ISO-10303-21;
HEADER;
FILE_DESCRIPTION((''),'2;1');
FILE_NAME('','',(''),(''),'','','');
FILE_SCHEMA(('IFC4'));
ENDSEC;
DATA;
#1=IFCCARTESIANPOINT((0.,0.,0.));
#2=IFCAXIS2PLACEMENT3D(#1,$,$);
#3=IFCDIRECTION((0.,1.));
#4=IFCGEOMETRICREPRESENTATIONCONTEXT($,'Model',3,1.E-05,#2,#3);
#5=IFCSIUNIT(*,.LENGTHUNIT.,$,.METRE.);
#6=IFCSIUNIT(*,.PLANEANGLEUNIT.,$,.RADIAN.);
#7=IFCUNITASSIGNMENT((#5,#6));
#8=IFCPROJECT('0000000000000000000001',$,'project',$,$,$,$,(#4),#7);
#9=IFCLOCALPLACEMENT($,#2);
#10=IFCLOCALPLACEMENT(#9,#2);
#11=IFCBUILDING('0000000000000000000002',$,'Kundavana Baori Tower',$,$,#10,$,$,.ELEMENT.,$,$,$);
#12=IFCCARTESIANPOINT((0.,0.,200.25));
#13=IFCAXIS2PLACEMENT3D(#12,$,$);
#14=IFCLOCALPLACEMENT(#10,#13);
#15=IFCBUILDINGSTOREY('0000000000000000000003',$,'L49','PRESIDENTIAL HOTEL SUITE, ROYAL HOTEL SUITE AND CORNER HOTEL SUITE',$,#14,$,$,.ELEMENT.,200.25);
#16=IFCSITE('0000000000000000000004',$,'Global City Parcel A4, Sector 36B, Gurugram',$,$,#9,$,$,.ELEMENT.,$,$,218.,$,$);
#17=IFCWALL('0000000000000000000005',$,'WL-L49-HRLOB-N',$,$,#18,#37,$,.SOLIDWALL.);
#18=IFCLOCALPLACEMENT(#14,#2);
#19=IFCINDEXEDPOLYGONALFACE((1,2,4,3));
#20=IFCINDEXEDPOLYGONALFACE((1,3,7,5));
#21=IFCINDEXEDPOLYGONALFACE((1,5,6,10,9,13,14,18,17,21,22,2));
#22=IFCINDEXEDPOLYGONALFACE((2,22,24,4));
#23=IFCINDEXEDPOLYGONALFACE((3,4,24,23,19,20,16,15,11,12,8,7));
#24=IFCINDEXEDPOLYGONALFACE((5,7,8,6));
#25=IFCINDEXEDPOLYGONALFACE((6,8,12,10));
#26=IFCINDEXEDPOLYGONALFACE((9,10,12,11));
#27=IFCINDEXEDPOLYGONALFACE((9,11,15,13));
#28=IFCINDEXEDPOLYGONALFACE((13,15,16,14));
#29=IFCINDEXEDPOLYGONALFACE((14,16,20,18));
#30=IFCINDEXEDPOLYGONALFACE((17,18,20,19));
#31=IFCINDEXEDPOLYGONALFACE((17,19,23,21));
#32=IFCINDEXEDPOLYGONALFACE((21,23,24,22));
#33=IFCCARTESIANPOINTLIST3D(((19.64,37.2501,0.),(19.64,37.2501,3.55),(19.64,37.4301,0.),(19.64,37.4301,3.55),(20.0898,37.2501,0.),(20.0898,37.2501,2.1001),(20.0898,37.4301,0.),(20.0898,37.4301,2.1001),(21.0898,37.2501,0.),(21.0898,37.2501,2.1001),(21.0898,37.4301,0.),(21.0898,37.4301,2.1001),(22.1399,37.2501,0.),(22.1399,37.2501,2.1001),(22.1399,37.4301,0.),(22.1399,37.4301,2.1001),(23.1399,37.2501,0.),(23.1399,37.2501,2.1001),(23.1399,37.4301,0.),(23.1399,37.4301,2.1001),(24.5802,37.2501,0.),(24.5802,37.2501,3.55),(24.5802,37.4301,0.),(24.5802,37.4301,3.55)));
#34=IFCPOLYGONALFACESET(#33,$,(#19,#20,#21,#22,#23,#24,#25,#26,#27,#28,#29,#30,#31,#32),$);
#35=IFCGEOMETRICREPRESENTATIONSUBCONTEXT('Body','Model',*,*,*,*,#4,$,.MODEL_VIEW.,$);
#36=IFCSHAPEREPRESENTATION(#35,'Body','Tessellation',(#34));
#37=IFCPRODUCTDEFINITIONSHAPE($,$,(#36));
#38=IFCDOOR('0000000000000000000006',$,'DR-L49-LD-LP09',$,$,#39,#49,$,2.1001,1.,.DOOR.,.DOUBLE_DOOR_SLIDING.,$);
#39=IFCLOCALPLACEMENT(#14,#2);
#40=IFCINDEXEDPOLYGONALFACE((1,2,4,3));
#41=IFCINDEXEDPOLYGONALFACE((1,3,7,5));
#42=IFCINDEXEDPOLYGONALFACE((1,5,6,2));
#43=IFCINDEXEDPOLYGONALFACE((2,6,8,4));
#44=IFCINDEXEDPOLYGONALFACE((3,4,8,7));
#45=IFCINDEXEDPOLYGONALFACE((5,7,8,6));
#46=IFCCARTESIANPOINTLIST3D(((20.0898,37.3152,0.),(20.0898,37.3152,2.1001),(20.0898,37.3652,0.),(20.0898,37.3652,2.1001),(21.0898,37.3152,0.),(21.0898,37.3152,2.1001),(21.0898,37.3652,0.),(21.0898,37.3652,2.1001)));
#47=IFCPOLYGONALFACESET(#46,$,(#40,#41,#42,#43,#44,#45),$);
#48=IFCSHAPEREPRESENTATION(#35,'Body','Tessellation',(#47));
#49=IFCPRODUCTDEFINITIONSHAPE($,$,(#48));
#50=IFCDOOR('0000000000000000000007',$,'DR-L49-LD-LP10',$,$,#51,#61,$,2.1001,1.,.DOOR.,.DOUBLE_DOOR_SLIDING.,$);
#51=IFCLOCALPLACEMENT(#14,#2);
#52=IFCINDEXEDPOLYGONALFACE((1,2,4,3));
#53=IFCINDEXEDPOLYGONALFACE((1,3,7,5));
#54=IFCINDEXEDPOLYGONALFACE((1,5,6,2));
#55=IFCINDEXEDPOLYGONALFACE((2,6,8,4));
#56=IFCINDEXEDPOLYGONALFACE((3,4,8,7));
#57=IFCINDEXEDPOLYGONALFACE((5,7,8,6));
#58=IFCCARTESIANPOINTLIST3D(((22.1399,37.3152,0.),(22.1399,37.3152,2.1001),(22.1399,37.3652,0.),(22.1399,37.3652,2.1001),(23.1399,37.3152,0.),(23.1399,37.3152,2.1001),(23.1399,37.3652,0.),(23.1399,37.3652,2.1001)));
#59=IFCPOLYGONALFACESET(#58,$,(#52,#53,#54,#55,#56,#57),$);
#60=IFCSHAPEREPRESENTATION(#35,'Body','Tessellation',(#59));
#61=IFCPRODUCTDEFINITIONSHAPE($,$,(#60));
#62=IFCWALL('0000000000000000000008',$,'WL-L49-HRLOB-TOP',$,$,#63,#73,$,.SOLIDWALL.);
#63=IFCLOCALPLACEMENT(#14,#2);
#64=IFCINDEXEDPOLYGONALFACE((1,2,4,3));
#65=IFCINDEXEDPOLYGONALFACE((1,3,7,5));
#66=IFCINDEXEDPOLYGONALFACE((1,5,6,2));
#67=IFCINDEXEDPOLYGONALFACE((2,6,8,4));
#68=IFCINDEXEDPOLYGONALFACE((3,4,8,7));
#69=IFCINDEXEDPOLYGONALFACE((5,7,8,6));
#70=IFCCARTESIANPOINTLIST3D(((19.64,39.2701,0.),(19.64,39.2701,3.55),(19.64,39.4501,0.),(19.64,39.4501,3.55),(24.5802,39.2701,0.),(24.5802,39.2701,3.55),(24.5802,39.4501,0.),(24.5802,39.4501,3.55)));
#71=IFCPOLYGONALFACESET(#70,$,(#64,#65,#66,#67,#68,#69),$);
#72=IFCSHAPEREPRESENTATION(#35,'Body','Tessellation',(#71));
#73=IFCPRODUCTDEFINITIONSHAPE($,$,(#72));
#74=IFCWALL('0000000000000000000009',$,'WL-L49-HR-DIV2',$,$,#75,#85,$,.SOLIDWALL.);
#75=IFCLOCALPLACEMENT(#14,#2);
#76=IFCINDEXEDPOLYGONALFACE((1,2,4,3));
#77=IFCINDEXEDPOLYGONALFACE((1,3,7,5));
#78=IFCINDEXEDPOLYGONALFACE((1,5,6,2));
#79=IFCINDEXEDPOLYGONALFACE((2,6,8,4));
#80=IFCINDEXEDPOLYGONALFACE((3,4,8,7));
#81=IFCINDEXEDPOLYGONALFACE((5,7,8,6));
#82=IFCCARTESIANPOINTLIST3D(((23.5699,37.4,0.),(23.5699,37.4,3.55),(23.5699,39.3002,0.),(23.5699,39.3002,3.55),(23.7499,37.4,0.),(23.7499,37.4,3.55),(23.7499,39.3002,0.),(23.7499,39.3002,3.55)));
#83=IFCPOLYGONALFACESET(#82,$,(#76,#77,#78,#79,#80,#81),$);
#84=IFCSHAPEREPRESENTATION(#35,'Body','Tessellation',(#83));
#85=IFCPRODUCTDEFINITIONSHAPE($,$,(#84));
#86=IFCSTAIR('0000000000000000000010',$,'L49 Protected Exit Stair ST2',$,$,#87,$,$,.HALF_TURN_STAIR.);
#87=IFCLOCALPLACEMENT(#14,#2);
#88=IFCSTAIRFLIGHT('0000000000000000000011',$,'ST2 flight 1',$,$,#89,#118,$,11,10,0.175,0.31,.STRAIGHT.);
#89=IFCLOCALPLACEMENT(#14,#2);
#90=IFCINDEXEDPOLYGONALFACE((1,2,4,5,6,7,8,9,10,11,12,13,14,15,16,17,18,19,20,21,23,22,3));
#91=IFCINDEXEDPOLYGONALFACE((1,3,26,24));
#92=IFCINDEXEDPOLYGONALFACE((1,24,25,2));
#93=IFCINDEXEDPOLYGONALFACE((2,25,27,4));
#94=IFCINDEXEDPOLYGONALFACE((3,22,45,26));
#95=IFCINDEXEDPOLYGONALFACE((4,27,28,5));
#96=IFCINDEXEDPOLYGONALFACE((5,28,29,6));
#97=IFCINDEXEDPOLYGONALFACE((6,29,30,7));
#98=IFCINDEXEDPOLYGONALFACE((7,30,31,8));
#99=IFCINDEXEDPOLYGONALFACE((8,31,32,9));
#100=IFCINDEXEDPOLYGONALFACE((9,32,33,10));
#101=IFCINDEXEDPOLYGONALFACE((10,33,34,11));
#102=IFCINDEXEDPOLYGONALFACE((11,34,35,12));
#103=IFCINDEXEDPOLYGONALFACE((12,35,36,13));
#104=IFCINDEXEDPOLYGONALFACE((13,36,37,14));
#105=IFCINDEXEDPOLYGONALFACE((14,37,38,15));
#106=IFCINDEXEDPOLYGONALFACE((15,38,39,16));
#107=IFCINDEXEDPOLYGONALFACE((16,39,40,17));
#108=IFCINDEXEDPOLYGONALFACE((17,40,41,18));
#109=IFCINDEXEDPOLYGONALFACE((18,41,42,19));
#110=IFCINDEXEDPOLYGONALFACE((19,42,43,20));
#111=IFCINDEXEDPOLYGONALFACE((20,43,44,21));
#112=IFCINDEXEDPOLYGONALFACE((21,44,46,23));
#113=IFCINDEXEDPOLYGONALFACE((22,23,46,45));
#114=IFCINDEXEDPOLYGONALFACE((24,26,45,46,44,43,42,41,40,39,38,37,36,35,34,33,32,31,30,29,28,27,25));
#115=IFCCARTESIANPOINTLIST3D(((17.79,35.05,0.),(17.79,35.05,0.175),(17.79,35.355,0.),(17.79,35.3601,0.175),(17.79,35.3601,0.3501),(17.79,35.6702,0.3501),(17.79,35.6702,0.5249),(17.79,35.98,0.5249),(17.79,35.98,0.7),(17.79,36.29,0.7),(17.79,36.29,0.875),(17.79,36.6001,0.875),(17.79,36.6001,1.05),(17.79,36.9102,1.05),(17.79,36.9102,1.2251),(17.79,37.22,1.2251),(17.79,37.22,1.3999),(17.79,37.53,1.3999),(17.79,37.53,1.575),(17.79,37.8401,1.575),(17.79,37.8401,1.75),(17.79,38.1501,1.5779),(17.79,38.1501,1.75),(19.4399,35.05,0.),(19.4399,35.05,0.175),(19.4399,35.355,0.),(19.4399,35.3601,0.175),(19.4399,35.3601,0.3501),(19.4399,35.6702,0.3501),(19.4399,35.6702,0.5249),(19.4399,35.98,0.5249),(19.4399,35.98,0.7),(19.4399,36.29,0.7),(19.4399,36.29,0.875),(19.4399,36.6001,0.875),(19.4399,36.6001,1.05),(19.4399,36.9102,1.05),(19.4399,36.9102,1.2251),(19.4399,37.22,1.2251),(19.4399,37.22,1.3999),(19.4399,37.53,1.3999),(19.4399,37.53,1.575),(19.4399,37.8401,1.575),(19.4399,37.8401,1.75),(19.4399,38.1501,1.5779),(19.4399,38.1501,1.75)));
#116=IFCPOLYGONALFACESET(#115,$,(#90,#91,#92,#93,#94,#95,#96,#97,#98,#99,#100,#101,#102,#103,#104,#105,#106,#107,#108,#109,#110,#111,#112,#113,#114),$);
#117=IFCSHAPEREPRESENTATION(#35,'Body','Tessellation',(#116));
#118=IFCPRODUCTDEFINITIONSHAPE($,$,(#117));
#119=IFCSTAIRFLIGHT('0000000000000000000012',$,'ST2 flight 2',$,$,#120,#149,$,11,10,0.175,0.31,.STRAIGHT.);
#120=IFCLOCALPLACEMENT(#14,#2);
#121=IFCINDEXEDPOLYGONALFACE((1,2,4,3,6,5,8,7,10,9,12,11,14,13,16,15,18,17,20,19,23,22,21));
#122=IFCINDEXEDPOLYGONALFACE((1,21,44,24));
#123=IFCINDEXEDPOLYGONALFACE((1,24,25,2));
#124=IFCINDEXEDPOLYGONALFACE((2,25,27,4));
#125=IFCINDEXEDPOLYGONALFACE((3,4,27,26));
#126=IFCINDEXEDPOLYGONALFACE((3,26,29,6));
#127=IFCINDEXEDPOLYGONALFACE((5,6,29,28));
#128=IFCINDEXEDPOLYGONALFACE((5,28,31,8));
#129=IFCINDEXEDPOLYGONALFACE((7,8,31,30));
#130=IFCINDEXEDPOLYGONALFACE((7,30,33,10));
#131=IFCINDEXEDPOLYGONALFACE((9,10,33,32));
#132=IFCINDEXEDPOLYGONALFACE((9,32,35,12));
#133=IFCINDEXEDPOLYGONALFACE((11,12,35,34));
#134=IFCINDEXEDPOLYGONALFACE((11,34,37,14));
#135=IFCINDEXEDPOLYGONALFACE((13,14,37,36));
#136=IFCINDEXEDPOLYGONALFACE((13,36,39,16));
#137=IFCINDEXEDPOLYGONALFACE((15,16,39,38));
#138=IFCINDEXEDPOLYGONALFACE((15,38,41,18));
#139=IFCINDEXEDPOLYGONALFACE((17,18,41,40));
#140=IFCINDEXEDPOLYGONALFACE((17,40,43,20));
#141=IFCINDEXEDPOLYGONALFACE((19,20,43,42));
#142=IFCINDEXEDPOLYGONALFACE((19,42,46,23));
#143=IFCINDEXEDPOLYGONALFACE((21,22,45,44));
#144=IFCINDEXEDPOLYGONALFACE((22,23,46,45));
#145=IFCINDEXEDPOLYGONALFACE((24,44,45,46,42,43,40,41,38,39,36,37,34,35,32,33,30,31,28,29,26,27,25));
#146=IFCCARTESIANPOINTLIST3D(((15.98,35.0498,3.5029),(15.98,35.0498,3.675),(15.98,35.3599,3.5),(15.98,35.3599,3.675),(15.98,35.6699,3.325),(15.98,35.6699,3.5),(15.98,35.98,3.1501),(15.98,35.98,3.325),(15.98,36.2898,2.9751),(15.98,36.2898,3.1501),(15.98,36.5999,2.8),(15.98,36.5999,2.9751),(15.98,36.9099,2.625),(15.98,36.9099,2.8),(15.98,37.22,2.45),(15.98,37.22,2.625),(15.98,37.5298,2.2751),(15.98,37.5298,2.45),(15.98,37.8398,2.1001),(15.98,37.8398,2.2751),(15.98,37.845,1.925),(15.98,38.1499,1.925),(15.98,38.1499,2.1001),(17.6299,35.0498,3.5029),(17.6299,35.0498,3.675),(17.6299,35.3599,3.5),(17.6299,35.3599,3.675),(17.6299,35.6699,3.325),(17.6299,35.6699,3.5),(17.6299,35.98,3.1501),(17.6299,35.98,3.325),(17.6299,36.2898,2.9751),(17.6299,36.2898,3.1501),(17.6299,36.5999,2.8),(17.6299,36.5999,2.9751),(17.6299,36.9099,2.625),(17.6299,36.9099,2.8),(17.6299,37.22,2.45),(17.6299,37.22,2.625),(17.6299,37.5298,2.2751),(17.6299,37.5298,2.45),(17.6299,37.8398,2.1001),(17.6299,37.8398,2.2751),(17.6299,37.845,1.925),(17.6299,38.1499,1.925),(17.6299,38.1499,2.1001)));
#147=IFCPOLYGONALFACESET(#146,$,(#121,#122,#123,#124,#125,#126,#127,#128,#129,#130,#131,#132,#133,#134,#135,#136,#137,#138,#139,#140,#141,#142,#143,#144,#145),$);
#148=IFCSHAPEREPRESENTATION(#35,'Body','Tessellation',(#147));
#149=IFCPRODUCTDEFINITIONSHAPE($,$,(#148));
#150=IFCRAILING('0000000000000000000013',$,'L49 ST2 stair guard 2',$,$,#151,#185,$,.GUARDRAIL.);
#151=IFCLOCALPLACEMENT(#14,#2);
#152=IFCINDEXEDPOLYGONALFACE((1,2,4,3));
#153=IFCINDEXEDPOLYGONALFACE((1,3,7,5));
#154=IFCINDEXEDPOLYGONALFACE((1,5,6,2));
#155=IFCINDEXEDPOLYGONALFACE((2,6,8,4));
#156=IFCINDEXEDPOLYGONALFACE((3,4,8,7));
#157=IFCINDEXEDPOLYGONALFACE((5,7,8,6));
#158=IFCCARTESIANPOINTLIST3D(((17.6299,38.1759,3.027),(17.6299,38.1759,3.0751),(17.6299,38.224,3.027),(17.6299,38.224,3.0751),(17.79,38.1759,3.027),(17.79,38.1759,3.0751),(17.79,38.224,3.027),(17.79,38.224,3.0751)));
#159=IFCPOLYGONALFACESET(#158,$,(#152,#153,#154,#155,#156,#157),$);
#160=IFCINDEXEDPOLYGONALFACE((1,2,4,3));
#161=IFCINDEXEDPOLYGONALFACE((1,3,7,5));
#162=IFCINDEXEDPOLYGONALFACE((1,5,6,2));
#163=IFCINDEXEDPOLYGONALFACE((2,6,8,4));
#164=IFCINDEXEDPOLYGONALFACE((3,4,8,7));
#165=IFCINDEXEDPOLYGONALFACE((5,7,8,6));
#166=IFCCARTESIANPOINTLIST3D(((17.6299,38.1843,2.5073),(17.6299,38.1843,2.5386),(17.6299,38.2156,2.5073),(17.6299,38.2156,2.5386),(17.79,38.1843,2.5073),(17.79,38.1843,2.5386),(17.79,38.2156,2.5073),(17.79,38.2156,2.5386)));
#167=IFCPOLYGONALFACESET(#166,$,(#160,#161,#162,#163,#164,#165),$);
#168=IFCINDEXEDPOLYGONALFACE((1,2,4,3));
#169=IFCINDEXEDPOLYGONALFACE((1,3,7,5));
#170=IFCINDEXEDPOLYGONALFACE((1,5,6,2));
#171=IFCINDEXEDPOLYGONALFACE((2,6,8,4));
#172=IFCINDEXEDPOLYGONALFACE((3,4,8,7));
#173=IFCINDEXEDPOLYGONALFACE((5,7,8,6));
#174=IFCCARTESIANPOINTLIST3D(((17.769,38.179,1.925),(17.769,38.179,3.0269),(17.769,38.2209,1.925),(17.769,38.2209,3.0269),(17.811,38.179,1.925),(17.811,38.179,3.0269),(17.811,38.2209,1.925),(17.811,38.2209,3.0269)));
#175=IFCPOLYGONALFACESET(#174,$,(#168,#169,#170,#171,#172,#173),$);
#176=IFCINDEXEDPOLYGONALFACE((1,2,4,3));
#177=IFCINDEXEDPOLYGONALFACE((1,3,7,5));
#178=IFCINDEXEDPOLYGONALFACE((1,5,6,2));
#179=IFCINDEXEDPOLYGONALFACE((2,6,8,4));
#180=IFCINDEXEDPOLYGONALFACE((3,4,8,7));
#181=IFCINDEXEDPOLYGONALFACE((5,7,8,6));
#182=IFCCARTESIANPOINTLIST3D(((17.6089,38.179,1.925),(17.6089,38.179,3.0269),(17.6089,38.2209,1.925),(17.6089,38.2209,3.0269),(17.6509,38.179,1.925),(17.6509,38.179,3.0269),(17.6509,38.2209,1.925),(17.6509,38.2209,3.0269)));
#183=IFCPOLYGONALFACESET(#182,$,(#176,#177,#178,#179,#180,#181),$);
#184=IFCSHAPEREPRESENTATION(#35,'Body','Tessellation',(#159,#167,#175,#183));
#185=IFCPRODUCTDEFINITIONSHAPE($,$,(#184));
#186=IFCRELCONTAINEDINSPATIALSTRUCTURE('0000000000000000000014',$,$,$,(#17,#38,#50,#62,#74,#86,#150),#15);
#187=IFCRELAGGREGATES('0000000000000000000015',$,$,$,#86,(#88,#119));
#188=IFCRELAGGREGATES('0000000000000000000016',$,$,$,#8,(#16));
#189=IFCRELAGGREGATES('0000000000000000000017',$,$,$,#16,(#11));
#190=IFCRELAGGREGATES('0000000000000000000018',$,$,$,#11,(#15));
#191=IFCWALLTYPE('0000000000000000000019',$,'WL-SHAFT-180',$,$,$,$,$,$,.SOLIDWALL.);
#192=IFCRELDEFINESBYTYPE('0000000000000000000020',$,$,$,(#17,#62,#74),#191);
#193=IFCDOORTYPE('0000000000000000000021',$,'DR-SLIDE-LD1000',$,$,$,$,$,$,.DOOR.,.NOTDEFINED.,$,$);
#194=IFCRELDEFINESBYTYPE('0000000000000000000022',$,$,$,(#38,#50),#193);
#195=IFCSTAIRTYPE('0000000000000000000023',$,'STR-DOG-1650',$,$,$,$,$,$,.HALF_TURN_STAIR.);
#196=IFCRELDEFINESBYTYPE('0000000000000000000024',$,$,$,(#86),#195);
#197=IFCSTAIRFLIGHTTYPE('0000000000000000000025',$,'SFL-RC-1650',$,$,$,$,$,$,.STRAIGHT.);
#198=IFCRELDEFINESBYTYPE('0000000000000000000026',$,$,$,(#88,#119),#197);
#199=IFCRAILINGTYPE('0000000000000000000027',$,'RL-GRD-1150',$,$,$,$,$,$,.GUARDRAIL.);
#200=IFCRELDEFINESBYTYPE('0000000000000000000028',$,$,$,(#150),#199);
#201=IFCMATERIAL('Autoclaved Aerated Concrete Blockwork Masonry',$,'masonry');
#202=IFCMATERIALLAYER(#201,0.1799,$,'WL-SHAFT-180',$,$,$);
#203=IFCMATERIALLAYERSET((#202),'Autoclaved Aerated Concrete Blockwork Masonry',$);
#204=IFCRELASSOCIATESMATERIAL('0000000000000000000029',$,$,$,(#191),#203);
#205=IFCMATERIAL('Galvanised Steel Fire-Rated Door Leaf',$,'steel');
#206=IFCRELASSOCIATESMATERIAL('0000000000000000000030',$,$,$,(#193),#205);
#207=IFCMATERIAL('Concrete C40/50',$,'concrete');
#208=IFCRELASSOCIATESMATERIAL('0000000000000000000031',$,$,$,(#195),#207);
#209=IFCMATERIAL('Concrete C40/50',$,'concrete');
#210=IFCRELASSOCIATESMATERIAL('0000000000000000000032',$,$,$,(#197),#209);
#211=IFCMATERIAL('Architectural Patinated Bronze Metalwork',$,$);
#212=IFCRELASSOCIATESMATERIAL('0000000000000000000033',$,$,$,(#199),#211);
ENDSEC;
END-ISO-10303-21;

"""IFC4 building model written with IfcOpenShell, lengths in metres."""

from ifc_helpers import new_model, si_unit, direction, frame, frame_2d, origin, origin_2d, place, context, subcontext, project, spatial, polyline, rectangle, outline, extrude, material, layer, layer_set, type_object, element, fill, aggregate, save


model = new_model("IFC4")

# Units and contexts
model_context = context("Model", 3, precision=1e-05, world=origin(), true_north=direction((0.0, 1.0)))
body_context = subcontext(model_context, "Body", "Model", "MODEL_VIEW")
ifc_project = project(units=[si_unit("LENGTHUNIT", "METRE"), si_unit("PLANEANGLEUNIT", "RADIAN")], contexts=[model_context])

# Site, building, storey
site_placement = place(None, origin())
site = spatial("IfcSite", under=ifc_project, at=site_placement, Name="Global City Parcel A4, Sector 36B, Gurugram", CompositionType="ELEMENT", RefElevation=218.0)
building_placement = place(site_placement, origin())
building = spatial("IfcBuilding", under=site, at=building_placement, Name="Kundavana Baori Tower", CompositionType="ELEMENT")
storey_placement = place(building_placement, frame((0.0, 0.0, 200.25)))
storey = spatial("IfcBuildingStorey", under=building, at=storey_placement, Name="L49", Description="PRESIDENTIAL HOTEL SUITE, ROYAL HOTEL SUITE AND CORNER HOTEL SUITE", CompositionType="ELEMENT", Elevation=200.25)

# Shared definitions
ifc_material_1 = material(Name="Autoclaved Aerated Concrete Blockwork Masonry", Category="masonry")
ifc_layer_1 = layer(ifc_material_1, 0.1799, Name="WL-SHAFT-180")
ifc_layer_set_1 = layer_set([ifc_layer_1], Name="Autoclaved Aerated Concrete Blockwork Masonry")
wall_type_1 = type_object("IfcWallType", Name="WL-SHAFT-180", PredefinedType="SOLIDWALL", material=ifc_layer_set_1)
ifc_material_2 = material(Name="Galvanised Steel Fire-Rated Door Leaf", Category="steel")
door_type_1 = type_object("IfcDoorType", Name="DR-SLIDE-LD1000", OperationType="NOTDEFINED", PredefinedType="DOOR", material=ifc_material_2)

# Wall, openings, doors
wall_1_placement = place(storey_placement, frame((19.6399, 37.3401, 0.0), z_axis=(0.0, 0.0, 1.0), x_axis=(1.0, 0.0, 0.0)))
wall_1 = element("IfcWall", 1, at=wall_1_placement, inside=storey, type_object=wall_type_1, Name="WL-L49-HRLOB-N", PredefinedType="SOLIDWALL", context=body_context, shape_type="SweptSolid", body=[
    extrude(rectangle(XDim=4.9402, YDim=0.1799, at=frame_2d((2.4702, 0.0))), origin(), (0.0, 0.0, 1.0), 3.55),
])
opening_1_placement = place(wall_1_placement, frame((0.45, 0.0, 0.0)))
opening_1 = element("IfcOpeningElement", 2, at=opening_1_placement, cuts=wall_1, PredefinedType="OPENING", context=body_context, shape_type="SweptSolid", body=[
    extrude(rectangle(XDim=1.0, YDim=2.1001, at=frame_2d((0.5, 1.05))), frame((0.0, 0.1001, 0.0), z_axis=(0.0, -1.0, 0.0), x_axis=(1.0, 0.0, 0.0)), (0.0, 0.0, 1.0), 0.2),
])
opening_2_placement = place(wall_1_placement, frame((2.5, 0.0, 0.0)))
opening_2 = element("IfcOpeningElement", 3, at=opening_2_placement, cuts=wall_1, PredefinedType="OPENING", context=body_context, shape_type="SweptSolid", body=[
    extrude(rectangle(XDim=1.0, YDim=2.1001, at=frame_2d((0.5, 1.05))), frame((0.0, 0.1001, 0.0), z_axis=(0.0, -1.0, 0.0), x_axis=(1.0, 0.0, 0.0)), (0.0, 0.0, 1.0), 0.2),
])
door_1_placement = place(opening_1_placement, frame((1.0, 0.0, 0.0), z_axis=(0.0, 0.0, 1.0), x_axis=(-1.0, 0.0, 0.0)))
door_1 = element("IfcDoor", 4, at=door_1_placement, inside=storey, type_object=door_type_1, Name="DR-L49-LD-LP09", OperationType="DOUBLE_DOOR_SLIDING", OverallHeight=2.1001, OverallWidth=1.0, PredefinedType="DOOR", context=body_context, shape_type="SweptSolid", body=[
    extrude(rectangle(XDim=1.0, YDim=2.1001, at=frame_2d((0.5, 1.05))), frame((0.0, 0.0249, 0.0), z_axis=(0.0, -1.0, 0.0), x_axis=(1.0, 0.0, 0.0)), (0.0, 0.0, 1.0), 0.05),
])
fill(opening_1, door_1)
door_2_placement = place(opening_2_placement, frame((1.0, 0.0, 0.0), z_axis=(0.0, 0.0, 1.0), x_axis=(-1.0, 0.0, 0.0)))
door_2 = element("IfcDoor", 5, at=door_2_placement, inside=storey, type_object=door_type_1, Name="DR-L49-LD-LP10", OperationType="DOUBLE_DOOR_SLIDING", OverallHeight=2.1001, OverallWidth=1.0, PredefinedType="DOOR", context=body_context, shape_type="SweptSolid", body=[
    extrude(rectangle(XDim=1.0, YDim=2.1001, at=frame_2d((0.5, 1.05))), frame((0.0, 0.0249, 0.0), z_axis=(0.0, -1.0, 0.0), x_axis=(1.0, 0.0, 0.0)), (0.0, 0.0, 1.0), 0.05),
])
fill(opening_2, door_2)

# Walls
wall_2_placement = place(storey_placement, frame((19.6399, 39.3601, 0.0), z_axis=(0.0, 0.0, 1.0), x_axis=(1.0, 0.0, 0.0)))
element("IfcWall", 6, at=wall_2_placement, inside=storey, type_object=wall_type_1, Name="WL-L49-HRLOB-TOP", PredefinedType="SOLIDWALL", context=body_context, shape_type="SweptSolid", body=[
    extrude(rectangle(XDim=4.9402, YDim=0.1799, at=frame_2d((2.4702, 0.0))), origin(), (0.0, 0.0, 1.0), 3.55),
])
wall_3_placement = place(storey_placement, frame((23.6599, 37.3999, 0.0), z_axis=(0.0, 0.0, 1.0), x_axis=(0.0, 1.0, 0.0)))
element("IfcWall", 7, at=wall_3_placement, inside=storey, type_object=wall_type_1, Name="WL-L49-HR-DIV2", PredefinedType="SOLIDWALL", context=body_context, shape_type="SweptSolid", body=[
    extrude(rectangle(XDim=1.9001, YDim=0.1799, at=frame_2d((0.9502, 0.0))), origin(), (0.0, 0.0, 1.0), 3.55),
])

# Stair, stair flights
ifc_material_3 = material(Name="Concrete C40/50", Category="concrete")
stair_type = type_object("IfcStairType", Name="STR-DOG-1650", PredefinedType="HALF_TURN_STAIR", material=ifc_material_3)
stair_placement = place(storey_placement, origin())
stair = element("IfcStair", 8, at=stair_placement, inside=storey, type_object=stair_type, Name="L49 Protected Exit Stair ST2", PredefinedType="HALF_TURN_STAIR")
ifc_material_4 = material(Name="Concrete C40/50", Category="concrete")
stair_flight_type = type_object("IfcStairFlightType", Name="SFL-RC-1650", PredefinedType="STRAIGHT", material=ifc_material_4)
stair_flight_1_placement = place(storey_placement, frame((18.615, 35.05, 0.0), z_axis=(0.0, 0.0, 1.0), x_axis=(0.0, 1.0, 0.0)))
stair_flight_1 = element("IfcStairFlight", 9, at=stair_flight_1_placement, type_object=stair_flight_type, Name="ST2 flight 1", NumberOfRisers=11, NumberOfTreads=10, PredefinedType="STRAIGHT", RiserHeight=0.175, TreadLength=0.31, context=body_context, shape_type="SweptSolid", body=[
    extrude(outline(polyline([(0.0, 0.0), (0.0, 0.175), (0.3101, 0.175), (0.3101, 0.3501), (0.6201, 0.3501), (0.6201, 0.5249), (0.9299, 0.5249), (0.9299, 0.7), (1.24, 0.7), (1.24, 0.875), (1.55, 0.875), (1.55, 1.05), (1.8601, 1.05), (1.8601, 1.2251), (2.1699, 1.2251), (2.1699, 1.3999), (2.48, 1.3999), (2.48, 1.575), (2.79, 1.575), (2.79, 1.75), (3.1001, 1.75), (3.1001, 1.925), (3.1001, 1.5779), (0.3049, 0.0), (0.0, 0.0)])), frame((0.0, 0.825, 0.0), z_axis=(0.0, -1.0, 0.0), x_axis=(1.0, 0.0, 0.0)), (0.0, 0.0, 1.0), 1.6499),
])
stair_flight_2_placement = place(storey_placement, frame((16.8049, 38.1499, 1.925), z_axis=(0.0, 0.0, 1.0), x_axis=(0.0, -1.0, 0.0)))
stair_flight_2 = element("IfcStairFlight", 10, at=stair_flight_2_placement, type_object=stair_flight_type, Name="ST2 flight 2", NumberOfRisers=11, NumberOfTreads=10, PredefinedType="STRAIGHT", RiserHeight=0.175, TreadLength=0.31, context=body_context, shape_type="SweptSolid", body=[
    extrude(outline(polyline([(0.0, 0.0), (0.0, 0.175), (0.3101, 0.175), (0.3101, 0.3501), (0.6201, 0.3501), (0.6201, 0.5249), (0.9299, 0.5249), (0.9299, 0.7), (1.24, 0.7), (1.24, 0.875), (1.55, 0.875), (1.55, 1.05), (1.8601, 1.05), (1.8601, 1.2251), (2.1699, 1.2251), (2.1699, 1.3999), (2.48, 1.3999), (2.48, 1.575), (2.79, 1.575), (2.79, 1.75), (3.1001, 1.75), (3.1001, 1.925), (3.1001, 1.5779), (0.3049, 0.0), (0.0, 0.0)])), frame((0.0, 0.825, 0.0), z_axis=(0.0, -1.0, 0.0), x_axis=(1.0, 0.0, 0.0)), (0.0, 0.0, 1.0), 1.6499),
])
aggregate(stair, [stair_flight_1, stair_flight_2])

# Railing
ifc_material_5 = material(Name="Architectural Patinated Bronze Metalwork")
railing_type_1 = type_object("IfcRailingType", Name="RL-GRD-1150", PredefinedType="GUARDRAIL", material=ifc_material_5)
railing_1_placement = place(storey_placement, frame((17.79, 38.2, 1.925)))
element("IfcRailing", 11, at=railing_1_placement, inside=storey, type_object=railing_type_1, Name="L49 ST2 stair guard 2", PredefinedType="GUARDRAIL", context=body_context, shape_type="SweptSolid", body=[
    extrude(rectangle(XDim=0.0481, YDim=0.0481, at=origin_2d()), frame((0.0, 0.0, 1.126), z_axis=(-1.0, 0.0, 0.0), x_axis=(0.0, -1.0, 0.0)), (0.0, 0.0, 1.0), 0.1602),
    extrude(rectangle(XDim=0.0312, YDim=0.0312, at=origin_2d()), frame((0.0, 0.0, 0.5979), z_axis=(-1.0, 0.0, 0.0), x_axis=(0.0, -1.0, 0.0)), (0.0, 0.0, 1.0), 0.1602),
    extrude(rectangle(XDim=0.042, YDim=0.042, at=origin_2d()), origin(), (0.0, 0.0, 1.0), 1.1018),
    extrude(rectangle(XDim=0.042, YDim=0.042, at=origin_2d()), frame((-0.1602, 0.0, 0.0)), (0.0, 0.0, 1.0), 1.1018),
])

save(model, "model.ifc")
